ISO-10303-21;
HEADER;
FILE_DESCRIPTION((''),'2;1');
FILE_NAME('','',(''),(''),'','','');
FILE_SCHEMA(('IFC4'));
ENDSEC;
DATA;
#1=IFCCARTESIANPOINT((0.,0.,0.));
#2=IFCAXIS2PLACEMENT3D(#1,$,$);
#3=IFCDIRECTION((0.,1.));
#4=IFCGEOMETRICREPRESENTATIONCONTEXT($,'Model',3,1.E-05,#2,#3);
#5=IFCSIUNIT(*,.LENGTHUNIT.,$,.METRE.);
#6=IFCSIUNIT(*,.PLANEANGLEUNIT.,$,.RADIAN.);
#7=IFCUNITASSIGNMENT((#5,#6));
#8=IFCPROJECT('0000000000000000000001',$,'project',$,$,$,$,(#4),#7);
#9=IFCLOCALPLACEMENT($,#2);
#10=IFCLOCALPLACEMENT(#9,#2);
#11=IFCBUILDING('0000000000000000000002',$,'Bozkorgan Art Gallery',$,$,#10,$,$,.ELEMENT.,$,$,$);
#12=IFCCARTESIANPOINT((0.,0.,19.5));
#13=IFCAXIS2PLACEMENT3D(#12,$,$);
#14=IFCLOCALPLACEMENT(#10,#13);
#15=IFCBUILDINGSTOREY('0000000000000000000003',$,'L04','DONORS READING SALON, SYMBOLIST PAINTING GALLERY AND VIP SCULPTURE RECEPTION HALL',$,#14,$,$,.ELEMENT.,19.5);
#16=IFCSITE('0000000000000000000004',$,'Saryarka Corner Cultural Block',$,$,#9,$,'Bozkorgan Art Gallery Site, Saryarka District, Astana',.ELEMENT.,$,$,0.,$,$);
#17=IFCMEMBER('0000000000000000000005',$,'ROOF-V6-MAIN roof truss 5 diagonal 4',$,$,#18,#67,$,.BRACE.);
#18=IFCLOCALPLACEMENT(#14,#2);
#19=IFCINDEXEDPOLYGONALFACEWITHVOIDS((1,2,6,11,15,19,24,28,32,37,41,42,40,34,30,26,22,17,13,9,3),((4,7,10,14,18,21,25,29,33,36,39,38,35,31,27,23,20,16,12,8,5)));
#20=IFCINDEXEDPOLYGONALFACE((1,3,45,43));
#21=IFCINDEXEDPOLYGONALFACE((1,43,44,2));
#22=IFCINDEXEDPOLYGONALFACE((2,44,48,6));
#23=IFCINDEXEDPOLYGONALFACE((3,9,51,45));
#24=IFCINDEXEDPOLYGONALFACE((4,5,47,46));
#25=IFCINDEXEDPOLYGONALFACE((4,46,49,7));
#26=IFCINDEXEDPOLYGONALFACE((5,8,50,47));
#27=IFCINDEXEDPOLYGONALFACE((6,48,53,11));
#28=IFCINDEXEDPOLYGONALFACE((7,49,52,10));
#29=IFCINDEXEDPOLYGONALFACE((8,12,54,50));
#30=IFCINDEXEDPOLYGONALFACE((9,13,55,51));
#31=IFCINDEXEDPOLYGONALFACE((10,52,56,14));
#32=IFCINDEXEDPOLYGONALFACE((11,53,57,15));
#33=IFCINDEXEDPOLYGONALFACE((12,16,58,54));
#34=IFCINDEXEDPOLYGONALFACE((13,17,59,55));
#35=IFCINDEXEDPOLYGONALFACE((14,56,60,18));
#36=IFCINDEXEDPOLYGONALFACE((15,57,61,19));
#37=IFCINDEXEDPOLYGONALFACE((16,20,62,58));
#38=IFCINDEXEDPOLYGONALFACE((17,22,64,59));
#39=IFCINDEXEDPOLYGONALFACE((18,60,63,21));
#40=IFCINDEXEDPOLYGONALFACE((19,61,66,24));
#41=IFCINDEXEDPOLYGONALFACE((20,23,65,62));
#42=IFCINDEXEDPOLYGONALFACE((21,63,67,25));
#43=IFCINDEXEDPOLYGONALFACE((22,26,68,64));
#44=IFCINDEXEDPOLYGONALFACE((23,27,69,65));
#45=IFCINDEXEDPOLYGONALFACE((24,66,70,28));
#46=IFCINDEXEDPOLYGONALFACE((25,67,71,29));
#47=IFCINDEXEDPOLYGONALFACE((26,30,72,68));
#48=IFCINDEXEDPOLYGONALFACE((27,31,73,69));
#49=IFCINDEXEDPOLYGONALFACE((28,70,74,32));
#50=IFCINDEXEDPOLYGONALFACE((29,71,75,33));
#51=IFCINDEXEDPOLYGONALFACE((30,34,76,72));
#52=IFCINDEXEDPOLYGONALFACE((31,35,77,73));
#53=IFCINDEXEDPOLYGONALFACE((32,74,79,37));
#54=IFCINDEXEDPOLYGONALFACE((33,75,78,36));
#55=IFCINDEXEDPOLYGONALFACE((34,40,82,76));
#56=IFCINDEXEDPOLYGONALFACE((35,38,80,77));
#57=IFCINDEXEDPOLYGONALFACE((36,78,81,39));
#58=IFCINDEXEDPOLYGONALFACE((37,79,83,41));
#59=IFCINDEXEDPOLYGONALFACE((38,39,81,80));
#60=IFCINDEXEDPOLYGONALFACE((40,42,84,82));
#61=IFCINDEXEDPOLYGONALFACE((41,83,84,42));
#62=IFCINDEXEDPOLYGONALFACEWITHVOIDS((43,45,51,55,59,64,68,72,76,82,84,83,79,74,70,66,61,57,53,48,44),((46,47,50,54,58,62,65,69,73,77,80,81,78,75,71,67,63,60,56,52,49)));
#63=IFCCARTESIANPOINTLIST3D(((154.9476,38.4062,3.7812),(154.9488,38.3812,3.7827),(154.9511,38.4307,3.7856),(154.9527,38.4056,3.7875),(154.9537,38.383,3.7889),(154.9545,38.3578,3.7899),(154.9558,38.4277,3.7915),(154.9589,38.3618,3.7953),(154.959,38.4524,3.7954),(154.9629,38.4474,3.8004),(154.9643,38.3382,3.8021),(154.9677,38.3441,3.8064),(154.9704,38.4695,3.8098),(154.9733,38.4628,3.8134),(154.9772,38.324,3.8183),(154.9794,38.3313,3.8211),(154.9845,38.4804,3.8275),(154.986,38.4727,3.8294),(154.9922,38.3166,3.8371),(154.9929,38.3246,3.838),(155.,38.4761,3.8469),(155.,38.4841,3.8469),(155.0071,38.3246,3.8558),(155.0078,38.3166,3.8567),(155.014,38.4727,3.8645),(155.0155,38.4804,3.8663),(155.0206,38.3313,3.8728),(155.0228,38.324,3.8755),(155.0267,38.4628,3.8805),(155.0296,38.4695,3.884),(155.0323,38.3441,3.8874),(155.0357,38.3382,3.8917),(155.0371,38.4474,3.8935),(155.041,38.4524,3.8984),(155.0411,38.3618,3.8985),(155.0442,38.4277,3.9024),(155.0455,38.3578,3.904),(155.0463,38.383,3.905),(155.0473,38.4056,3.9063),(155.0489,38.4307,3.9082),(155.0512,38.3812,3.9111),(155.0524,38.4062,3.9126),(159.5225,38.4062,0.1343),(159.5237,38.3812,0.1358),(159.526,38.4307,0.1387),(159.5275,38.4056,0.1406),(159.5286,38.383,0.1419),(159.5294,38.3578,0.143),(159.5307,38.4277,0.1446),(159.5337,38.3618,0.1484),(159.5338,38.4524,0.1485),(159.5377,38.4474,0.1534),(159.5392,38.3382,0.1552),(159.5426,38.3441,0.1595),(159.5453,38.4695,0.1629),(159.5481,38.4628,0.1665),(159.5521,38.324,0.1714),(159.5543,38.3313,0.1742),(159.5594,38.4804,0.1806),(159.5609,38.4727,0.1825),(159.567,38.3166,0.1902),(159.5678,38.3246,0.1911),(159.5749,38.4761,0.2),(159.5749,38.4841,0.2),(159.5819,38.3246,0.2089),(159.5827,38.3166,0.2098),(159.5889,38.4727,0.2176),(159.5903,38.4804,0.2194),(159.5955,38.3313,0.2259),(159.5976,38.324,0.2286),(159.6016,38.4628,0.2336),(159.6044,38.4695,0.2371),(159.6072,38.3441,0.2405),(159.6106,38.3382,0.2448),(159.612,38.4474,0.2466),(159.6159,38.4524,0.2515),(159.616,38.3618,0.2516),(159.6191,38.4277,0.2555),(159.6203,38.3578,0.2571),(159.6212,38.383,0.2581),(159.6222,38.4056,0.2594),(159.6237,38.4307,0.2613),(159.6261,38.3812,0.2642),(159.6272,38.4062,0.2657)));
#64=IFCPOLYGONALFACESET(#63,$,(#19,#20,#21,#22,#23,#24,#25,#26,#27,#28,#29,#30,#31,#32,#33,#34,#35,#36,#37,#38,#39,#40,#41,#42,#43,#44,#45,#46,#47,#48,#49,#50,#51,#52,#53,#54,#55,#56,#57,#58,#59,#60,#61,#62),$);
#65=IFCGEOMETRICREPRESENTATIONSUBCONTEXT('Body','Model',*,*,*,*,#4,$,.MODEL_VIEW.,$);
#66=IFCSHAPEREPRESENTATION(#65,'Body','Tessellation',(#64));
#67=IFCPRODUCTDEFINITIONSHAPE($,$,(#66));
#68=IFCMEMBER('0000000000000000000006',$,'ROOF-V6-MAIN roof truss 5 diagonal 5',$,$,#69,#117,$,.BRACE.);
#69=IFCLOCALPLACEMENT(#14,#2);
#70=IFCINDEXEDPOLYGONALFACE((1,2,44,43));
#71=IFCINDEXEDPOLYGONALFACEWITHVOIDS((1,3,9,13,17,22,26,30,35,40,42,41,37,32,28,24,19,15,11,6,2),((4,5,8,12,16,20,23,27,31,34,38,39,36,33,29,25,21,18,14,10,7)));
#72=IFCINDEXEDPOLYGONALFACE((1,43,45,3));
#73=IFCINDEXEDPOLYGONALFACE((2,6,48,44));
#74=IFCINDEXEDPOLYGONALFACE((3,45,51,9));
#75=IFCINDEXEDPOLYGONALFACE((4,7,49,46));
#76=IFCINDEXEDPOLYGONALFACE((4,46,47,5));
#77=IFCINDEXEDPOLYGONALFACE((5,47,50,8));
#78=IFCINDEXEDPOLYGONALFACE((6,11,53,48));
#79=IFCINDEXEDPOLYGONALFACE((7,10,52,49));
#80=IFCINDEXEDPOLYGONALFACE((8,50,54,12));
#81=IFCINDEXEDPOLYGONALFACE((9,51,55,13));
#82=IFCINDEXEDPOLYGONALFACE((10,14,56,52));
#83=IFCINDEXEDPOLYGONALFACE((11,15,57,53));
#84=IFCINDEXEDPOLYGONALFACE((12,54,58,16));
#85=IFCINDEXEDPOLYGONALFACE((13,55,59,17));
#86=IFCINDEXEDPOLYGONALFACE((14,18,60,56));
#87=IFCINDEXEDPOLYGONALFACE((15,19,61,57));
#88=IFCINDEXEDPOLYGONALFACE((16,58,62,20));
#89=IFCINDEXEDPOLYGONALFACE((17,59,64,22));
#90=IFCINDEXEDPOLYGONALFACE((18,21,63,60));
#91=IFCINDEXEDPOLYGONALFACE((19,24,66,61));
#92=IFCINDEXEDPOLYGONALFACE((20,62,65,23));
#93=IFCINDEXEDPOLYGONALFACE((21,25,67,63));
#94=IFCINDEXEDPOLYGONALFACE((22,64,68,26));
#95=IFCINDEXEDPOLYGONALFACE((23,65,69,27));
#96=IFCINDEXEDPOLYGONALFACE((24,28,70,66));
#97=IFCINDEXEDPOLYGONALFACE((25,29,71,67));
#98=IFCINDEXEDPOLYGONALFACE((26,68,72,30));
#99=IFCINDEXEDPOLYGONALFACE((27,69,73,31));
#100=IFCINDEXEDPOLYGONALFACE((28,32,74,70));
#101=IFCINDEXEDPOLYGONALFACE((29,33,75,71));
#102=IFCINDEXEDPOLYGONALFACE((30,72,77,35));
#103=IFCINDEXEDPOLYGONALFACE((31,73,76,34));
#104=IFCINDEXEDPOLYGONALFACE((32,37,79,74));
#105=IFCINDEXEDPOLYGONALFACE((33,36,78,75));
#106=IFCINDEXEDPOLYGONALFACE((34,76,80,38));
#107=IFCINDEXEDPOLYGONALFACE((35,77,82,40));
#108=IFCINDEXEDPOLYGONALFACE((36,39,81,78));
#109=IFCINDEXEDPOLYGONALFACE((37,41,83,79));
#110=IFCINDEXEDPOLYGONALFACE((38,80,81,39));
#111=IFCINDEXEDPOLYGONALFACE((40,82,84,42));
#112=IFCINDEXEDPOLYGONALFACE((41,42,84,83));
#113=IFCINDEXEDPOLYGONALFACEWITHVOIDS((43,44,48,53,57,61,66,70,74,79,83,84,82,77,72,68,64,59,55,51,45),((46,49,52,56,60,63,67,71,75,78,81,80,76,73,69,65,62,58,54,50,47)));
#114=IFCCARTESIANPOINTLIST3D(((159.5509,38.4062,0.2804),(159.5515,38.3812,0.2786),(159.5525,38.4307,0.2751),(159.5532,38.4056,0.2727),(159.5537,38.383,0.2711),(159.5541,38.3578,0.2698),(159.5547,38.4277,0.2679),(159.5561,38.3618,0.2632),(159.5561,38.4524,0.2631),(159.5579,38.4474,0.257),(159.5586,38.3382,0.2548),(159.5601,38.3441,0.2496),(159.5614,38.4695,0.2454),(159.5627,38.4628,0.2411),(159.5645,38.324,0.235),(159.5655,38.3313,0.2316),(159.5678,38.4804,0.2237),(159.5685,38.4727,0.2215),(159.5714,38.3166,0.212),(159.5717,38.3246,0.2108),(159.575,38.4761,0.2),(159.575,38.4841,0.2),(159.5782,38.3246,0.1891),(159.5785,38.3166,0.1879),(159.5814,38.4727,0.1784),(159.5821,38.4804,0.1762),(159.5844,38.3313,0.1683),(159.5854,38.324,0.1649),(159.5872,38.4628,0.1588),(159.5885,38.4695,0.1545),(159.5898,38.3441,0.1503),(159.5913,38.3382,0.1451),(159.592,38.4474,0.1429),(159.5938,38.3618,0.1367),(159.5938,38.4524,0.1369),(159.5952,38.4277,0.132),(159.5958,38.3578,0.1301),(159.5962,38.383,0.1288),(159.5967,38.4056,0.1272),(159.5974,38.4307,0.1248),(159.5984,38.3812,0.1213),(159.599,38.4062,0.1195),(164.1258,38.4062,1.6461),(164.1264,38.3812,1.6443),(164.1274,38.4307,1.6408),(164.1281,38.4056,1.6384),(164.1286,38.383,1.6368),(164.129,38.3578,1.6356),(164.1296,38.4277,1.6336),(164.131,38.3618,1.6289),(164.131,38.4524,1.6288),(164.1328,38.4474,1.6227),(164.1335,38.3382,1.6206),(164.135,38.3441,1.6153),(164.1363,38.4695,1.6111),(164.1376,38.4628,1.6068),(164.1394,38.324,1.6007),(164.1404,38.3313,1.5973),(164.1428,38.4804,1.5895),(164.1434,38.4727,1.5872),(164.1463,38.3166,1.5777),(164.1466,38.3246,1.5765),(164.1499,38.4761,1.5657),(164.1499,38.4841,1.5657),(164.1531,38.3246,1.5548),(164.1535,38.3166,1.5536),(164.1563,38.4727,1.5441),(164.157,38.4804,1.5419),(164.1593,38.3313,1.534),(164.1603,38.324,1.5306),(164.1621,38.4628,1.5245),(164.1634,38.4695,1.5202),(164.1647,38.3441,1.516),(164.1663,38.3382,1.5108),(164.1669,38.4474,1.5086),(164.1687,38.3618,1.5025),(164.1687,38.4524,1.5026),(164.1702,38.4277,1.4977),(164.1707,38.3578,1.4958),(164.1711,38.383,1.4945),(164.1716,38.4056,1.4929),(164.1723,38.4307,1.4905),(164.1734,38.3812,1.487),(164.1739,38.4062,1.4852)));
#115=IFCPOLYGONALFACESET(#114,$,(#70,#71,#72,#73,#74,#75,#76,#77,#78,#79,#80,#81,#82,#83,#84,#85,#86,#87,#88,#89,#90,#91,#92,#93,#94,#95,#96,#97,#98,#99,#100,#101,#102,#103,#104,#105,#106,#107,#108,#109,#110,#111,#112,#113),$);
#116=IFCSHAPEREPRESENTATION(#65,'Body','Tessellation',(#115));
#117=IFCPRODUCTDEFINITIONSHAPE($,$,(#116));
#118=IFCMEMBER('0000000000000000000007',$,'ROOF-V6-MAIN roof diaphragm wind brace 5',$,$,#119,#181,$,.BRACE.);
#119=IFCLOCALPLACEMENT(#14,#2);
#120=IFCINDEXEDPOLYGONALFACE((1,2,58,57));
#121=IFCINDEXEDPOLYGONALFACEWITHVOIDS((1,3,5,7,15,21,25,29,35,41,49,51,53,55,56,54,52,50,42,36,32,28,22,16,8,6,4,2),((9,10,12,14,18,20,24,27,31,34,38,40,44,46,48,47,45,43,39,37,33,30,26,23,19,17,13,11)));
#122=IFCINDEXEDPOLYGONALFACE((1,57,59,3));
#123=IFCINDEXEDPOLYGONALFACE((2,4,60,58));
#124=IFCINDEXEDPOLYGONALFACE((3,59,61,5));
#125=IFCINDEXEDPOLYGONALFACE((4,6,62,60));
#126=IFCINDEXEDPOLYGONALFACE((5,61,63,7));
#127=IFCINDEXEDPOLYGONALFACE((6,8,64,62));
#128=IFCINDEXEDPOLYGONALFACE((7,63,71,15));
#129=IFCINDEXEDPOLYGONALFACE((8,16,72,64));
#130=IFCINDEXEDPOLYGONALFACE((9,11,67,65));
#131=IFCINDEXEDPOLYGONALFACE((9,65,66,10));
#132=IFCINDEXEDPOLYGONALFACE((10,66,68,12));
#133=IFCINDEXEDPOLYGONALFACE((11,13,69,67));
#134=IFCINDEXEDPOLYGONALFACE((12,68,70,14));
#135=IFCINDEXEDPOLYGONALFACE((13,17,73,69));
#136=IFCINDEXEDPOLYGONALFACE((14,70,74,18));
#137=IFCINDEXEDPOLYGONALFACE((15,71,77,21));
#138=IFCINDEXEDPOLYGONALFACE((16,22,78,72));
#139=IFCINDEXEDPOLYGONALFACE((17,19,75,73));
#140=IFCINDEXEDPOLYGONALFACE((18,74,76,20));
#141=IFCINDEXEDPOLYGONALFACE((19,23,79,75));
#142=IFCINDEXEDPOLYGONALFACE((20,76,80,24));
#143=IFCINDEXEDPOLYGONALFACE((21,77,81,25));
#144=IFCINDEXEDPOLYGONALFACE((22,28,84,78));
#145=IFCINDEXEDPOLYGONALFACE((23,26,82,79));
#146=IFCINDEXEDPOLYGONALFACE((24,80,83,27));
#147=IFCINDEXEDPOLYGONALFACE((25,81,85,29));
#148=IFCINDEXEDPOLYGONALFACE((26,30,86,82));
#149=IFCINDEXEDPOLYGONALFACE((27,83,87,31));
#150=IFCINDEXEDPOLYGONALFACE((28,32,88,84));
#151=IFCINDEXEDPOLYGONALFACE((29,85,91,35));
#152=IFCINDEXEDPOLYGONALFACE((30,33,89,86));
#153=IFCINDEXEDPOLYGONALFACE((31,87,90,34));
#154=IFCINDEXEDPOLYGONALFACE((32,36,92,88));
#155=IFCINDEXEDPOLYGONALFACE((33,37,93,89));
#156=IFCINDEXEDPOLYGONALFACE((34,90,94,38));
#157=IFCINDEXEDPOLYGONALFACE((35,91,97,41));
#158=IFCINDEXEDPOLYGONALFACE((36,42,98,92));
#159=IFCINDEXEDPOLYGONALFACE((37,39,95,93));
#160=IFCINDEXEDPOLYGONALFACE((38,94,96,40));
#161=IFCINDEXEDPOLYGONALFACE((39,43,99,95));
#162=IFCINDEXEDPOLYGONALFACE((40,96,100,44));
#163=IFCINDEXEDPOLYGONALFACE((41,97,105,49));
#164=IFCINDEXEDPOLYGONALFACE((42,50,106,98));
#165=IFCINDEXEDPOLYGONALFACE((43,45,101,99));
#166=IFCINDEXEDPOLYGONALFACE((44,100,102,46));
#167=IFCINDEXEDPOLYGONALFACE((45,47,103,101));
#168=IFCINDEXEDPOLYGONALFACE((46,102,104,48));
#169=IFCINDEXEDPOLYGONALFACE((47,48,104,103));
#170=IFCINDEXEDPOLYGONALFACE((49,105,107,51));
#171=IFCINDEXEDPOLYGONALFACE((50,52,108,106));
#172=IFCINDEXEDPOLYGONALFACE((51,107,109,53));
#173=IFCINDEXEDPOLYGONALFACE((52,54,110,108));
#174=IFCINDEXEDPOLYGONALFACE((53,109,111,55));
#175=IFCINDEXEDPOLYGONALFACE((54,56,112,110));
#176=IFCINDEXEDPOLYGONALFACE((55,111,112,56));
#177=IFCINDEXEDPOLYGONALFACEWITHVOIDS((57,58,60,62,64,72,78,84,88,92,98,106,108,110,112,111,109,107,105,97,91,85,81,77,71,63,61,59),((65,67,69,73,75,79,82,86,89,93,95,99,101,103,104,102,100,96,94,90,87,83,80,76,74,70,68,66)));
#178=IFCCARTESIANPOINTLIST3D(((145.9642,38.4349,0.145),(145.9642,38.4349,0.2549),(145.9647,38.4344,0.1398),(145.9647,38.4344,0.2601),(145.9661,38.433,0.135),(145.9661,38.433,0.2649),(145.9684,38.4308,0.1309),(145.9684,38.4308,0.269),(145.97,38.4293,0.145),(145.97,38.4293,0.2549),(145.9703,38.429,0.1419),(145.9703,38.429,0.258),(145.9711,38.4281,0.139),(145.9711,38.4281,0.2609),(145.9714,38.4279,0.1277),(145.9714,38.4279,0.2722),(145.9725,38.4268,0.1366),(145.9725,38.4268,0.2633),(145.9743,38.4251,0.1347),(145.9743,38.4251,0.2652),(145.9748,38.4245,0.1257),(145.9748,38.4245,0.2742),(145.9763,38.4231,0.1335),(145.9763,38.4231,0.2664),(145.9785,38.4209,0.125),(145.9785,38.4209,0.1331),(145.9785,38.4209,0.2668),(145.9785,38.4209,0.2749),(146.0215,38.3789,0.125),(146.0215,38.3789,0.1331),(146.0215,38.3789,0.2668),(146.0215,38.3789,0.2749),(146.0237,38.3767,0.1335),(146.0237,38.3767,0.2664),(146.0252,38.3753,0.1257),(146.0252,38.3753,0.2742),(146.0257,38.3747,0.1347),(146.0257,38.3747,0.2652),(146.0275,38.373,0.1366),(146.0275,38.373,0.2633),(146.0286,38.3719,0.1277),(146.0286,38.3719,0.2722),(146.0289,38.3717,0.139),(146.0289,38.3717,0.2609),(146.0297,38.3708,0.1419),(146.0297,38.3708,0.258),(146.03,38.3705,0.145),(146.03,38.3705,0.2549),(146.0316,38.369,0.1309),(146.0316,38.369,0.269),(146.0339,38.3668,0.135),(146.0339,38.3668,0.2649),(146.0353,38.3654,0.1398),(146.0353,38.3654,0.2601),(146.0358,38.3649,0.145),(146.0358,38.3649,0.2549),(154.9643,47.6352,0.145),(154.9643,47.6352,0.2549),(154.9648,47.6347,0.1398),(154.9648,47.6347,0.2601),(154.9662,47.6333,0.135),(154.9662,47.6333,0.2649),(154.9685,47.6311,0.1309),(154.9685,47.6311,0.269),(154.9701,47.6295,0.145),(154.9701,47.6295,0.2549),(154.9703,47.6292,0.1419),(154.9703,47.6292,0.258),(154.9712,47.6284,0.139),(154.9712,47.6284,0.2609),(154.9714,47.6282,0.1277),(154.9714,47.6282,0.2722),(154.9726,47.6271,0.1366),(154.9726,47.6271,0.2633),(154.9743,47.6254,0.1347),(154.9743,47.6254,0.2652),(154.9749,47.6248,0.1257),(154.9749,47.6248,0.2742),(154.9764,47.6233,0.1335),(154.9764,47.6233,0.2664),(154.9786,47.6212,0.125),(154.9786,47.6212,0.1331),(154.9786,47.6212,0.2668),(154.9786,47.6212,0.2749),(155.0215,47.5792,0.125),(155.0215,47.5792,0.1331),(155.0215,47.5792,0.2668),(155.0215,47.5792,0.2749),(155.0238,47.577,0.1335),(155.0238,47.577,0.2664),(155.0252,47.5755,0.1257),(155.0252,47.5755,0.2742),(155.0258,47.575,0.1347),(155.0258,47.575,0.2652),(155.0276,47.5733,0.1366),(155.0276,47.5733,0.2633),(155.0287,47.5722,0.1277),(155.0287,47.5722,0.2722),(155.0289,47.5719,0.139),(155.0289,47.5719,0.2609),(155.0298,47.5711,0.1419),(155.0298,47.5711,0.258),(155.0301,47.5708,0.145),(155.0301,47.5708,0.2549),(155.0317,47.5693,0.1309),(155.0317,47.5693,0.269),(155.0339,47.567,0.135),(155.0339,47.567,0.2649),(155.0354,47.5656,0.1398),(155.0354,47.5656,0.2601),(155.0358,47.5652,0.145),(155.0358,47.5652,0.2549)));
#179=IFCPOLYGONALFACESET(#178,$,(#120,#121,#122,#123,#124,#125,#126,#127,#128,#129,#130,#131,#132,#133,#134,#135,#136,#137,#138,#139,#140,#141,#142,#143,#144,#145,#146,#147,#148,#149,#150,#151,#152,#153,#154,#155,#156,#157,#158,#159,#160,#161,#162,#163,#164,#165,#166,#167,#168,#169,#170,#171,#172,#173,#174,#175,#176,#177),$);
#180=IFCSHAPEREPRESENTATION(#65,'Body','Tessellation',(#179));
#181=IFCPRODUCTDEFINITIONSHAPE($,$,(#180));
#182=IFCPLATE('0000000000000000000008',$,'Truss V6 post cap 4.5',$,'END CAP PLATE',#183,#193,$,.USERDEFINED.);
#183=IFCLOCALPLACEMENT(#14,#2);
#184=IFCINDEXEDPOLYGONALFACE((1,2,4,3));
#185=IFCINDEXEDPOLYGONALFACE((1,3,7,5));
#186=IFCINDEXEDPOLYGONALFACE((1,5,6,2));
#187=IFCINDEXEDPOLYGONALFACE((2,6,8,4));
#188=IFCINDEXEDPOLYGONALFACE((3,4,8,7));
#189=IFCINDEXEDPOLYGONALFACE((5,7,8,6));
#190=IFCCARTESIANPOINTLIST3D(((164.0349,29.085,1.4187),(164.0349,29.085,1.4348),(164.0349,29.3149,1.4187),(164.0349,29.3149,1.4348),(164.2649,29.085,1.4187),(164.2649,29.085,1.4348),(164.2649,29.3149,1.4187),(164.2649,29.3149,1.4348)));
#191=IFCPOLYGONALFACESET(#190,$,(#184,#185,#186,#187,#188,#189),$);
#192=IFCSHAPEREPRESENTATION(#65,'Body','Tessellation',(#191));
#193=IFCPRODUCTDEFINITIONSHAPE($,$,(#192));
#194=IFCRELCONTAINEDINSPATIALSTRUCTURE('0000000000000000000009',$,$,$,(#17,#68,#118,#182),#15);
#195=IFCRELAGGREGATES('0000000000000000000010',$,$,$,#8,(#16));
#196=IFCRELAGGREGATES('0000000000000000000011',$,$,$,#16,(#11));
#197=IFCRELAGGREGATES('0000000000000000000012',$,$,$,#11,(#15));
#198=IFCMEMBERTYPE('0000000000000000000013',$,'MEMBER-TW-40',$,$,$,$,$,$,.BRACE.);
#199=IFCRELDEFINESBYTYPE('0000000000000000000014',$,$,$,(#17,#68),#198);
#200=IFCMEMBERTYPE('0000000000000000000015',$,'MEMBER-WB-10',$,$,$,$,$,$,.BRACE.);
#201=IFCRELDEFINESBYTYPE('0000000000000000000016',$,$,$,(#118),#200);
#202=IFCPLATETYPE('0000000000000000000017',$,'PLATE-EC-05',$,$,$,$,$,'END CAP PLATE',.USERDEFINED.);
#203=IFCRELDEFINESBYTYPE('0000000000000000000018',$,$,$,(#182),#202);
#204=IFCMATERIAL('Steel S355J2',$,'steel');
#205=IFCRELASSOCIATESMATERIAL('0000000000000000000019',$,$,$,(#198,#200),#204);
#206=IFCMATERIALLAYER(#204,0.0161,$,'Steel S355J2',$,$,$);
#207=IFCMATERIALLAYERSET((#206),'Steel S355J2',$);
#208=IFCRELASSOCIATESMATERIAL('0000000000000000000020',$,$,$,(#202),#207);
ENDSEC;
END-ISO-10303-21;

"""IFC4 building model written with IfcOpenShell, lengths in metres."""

from ifc_helpers import new_model, si_unit, direction, frame, origin, origin_2d, place, context, subcontext, project, spatial, rectangle, hollow_rectangle, hollow_circle, extrude, material, layer, layer_set, material_profile, profile_set, type_object, element, save


model = new_model("IFC4")

# Units and contexts
model_context = context("Model", 3, precision=1e-05, world=origin(), true_north=direction((0.0, 1.0)))
body_context = subcontext(model_context, "Body", "Model", "MODEL_VIEW")
ifc_project = project(units=[si_unit("LENGTHUNIT", "METRE"), si_unit("PLANEANGLEUNIT", "RADIAN")], contexts=[model_context])

# Site, building, storey
site_placement = place(None, origin())
site = spatial("IfcSite", under=ifc_project, at=site_placement, Name="Saryarka Corner Cultural Block", LongName="Bozkorgan Art Gallery Site, Saryarka District, Astana", CompositionType="ELEMENT", RefElevation=0.0)
building_placement = place(site_placement, origin())
building = spatial("IfcBuilding", under=site, at=building_placement, Name="Bozkorgan Art Gallery", CompositionType="ELEMENT")
storey_placement = place(building_placement, frame((0.0, 0.0, 19.5)))
storey = spatial("IfcBuildingStorey", under=building, at=storey_placement, Name="L04", Description="DONORS READING SALON, SYMBOLIST PAINTING GALLERY AND VIP SCULPTURE RECEPTION HALL", CompositionType="ELEMENT", Elevation=19.5)

# Members
ifc_material_1 = material(Name="Steel S355J2", Category="steel")
ifc_material_profile_1 = material_profile(ifc_material_1, hollow_circle(Radius=0.0842, WallThickness=0.0081, at=origin_2d()), Name="CHS 168.3x8")
ifc_profile_set_1 = profile_set([ifc_material_profile_1], Name="Steel S355J2")
member_type_1 = type_object("IfcMemberType", Name="MEMBER-TW-40", PredefinedType="BRACE", material=ifc_profile_set_1)
member_1_placement = place(storey_placement, frame((155.0, 38.3999, 3.8469), z_axis=(0.781951, 0.0, -0.62334), x_axis=(0.0, 1.0, 0.0)))
element("IfcMember", 1, at=member_1_placement, inside=storey, type_object=member_type_1, Name="ROOF-V6-MAIN roof truss 5 diagonal 4", PredefinedType="BRACE", context=body_context, shape_type="SweptSolid", body=[
    extrude(hollow_circle(Radius=0.0842, WallThickness=0.0081, at=origin_2d()), origin(), (0.0, 0.0, 1.0), 5.8506),
])
member_2_placement = place(storey_placement, frame((159.575, 38.3999, 0.2), z_axis=(0.958215, 0.0, 0.286048), x_axis=(0.0, 1.0, 0.0)))
element("IfcMember", 2, at=member_2_placement, inside=storey, type_object=member_type_1, Name="ROOF-V6-MAIN roof truss 5 diagonal 5", PredefinedType="BRACE", context=body_context, shape_type="SweptSolid", body=[
    extrude(hollow_circle(Radius=0.0842, WallThickness=0.0081, at=origin_2d()), origin(), (0.0, 0.0, 1.0), 4.7744),
])
ifc_material_profile_2 = material_profile(ifc_material_1, hollow_rectangle(XDim=0.1001, YDim=0.1499, WallThickness=0.0081, InnerFilletRadius=0.012, OuterFilletRadius=0.02, at=origin_2d()), Name="RHS 150x100x8")
ifc_profile_set_2 = profile_set([ifc_material_profile_2], Name="Steel S355J2")
member_type_2 = type_object("IfcMemberType", Name="MEMBER-WB-10", PredefinedType="BRACE", material=ifc_profile_set_2)
member_3_placement = place(storey_placement, frame((146.0, 38.3999, 0.2), z_axis=(0.699287, 0.714841, 0.0), x_axis=(-0.714841, 0.699287, 0.0)))
element("IfcMember", 3, at=member_3_placement, inside=storey, type_object=member_type_2, Name="ROOF-V6-MAIN roof diaphragm wind brace 5", PredefinedType="BRACE", context=body_context, shape_type="SweptSolid", body=[
    extrude(hollow_rectangle(XDim=0.1001, YDim=0.1499, WallThickness=0.0081, InnerFilletRadius=0.012, OuterFilletRadius=0.02, at=origin_2d()), origin(), (0.0, 0.0, 1.0), 12.8704),
])

# Plate
ifc_layer_1 = layer(ifc_material_1, 0.0161, Name="Steel S355J2")
ifc_layer_set_1 = layer_set([ifc_layer_1], Name="Steel S355J2")
plate_type_1 = type_object("IfcPlateType", Name="PLATE-EC-05", ElementType="END CAP PLATE", PredefinedType="USERDEFINED", material=ifc_layer_set_1)
for number, where, z_axis, x_axis, name in (
    (4, (164.1499, 29.2, 1.4187), (0.0, 0.0, 1.0), (1.0, 0.0, 0.0), "Truss V6 post cap 4.5"),
):
    element("IfcPlate", number, at=place(storey_placement, frame(where, z_axis=z_axis, x_axis=x_axis)), inside=storey, type_object=plate_type_1, Name=name, ObjectType="END CAP PLATE", PredefinedType="USERDEFINED", context=body_context, shape_type="SweptSolid", body=[
        extrude(rectangle(XDim=0.23, YDim=0.23, at=origin_2d()), origin(), (0.0, 0.0, 1.0), 0.0161),
    ])

save(model, "model.ifc")
